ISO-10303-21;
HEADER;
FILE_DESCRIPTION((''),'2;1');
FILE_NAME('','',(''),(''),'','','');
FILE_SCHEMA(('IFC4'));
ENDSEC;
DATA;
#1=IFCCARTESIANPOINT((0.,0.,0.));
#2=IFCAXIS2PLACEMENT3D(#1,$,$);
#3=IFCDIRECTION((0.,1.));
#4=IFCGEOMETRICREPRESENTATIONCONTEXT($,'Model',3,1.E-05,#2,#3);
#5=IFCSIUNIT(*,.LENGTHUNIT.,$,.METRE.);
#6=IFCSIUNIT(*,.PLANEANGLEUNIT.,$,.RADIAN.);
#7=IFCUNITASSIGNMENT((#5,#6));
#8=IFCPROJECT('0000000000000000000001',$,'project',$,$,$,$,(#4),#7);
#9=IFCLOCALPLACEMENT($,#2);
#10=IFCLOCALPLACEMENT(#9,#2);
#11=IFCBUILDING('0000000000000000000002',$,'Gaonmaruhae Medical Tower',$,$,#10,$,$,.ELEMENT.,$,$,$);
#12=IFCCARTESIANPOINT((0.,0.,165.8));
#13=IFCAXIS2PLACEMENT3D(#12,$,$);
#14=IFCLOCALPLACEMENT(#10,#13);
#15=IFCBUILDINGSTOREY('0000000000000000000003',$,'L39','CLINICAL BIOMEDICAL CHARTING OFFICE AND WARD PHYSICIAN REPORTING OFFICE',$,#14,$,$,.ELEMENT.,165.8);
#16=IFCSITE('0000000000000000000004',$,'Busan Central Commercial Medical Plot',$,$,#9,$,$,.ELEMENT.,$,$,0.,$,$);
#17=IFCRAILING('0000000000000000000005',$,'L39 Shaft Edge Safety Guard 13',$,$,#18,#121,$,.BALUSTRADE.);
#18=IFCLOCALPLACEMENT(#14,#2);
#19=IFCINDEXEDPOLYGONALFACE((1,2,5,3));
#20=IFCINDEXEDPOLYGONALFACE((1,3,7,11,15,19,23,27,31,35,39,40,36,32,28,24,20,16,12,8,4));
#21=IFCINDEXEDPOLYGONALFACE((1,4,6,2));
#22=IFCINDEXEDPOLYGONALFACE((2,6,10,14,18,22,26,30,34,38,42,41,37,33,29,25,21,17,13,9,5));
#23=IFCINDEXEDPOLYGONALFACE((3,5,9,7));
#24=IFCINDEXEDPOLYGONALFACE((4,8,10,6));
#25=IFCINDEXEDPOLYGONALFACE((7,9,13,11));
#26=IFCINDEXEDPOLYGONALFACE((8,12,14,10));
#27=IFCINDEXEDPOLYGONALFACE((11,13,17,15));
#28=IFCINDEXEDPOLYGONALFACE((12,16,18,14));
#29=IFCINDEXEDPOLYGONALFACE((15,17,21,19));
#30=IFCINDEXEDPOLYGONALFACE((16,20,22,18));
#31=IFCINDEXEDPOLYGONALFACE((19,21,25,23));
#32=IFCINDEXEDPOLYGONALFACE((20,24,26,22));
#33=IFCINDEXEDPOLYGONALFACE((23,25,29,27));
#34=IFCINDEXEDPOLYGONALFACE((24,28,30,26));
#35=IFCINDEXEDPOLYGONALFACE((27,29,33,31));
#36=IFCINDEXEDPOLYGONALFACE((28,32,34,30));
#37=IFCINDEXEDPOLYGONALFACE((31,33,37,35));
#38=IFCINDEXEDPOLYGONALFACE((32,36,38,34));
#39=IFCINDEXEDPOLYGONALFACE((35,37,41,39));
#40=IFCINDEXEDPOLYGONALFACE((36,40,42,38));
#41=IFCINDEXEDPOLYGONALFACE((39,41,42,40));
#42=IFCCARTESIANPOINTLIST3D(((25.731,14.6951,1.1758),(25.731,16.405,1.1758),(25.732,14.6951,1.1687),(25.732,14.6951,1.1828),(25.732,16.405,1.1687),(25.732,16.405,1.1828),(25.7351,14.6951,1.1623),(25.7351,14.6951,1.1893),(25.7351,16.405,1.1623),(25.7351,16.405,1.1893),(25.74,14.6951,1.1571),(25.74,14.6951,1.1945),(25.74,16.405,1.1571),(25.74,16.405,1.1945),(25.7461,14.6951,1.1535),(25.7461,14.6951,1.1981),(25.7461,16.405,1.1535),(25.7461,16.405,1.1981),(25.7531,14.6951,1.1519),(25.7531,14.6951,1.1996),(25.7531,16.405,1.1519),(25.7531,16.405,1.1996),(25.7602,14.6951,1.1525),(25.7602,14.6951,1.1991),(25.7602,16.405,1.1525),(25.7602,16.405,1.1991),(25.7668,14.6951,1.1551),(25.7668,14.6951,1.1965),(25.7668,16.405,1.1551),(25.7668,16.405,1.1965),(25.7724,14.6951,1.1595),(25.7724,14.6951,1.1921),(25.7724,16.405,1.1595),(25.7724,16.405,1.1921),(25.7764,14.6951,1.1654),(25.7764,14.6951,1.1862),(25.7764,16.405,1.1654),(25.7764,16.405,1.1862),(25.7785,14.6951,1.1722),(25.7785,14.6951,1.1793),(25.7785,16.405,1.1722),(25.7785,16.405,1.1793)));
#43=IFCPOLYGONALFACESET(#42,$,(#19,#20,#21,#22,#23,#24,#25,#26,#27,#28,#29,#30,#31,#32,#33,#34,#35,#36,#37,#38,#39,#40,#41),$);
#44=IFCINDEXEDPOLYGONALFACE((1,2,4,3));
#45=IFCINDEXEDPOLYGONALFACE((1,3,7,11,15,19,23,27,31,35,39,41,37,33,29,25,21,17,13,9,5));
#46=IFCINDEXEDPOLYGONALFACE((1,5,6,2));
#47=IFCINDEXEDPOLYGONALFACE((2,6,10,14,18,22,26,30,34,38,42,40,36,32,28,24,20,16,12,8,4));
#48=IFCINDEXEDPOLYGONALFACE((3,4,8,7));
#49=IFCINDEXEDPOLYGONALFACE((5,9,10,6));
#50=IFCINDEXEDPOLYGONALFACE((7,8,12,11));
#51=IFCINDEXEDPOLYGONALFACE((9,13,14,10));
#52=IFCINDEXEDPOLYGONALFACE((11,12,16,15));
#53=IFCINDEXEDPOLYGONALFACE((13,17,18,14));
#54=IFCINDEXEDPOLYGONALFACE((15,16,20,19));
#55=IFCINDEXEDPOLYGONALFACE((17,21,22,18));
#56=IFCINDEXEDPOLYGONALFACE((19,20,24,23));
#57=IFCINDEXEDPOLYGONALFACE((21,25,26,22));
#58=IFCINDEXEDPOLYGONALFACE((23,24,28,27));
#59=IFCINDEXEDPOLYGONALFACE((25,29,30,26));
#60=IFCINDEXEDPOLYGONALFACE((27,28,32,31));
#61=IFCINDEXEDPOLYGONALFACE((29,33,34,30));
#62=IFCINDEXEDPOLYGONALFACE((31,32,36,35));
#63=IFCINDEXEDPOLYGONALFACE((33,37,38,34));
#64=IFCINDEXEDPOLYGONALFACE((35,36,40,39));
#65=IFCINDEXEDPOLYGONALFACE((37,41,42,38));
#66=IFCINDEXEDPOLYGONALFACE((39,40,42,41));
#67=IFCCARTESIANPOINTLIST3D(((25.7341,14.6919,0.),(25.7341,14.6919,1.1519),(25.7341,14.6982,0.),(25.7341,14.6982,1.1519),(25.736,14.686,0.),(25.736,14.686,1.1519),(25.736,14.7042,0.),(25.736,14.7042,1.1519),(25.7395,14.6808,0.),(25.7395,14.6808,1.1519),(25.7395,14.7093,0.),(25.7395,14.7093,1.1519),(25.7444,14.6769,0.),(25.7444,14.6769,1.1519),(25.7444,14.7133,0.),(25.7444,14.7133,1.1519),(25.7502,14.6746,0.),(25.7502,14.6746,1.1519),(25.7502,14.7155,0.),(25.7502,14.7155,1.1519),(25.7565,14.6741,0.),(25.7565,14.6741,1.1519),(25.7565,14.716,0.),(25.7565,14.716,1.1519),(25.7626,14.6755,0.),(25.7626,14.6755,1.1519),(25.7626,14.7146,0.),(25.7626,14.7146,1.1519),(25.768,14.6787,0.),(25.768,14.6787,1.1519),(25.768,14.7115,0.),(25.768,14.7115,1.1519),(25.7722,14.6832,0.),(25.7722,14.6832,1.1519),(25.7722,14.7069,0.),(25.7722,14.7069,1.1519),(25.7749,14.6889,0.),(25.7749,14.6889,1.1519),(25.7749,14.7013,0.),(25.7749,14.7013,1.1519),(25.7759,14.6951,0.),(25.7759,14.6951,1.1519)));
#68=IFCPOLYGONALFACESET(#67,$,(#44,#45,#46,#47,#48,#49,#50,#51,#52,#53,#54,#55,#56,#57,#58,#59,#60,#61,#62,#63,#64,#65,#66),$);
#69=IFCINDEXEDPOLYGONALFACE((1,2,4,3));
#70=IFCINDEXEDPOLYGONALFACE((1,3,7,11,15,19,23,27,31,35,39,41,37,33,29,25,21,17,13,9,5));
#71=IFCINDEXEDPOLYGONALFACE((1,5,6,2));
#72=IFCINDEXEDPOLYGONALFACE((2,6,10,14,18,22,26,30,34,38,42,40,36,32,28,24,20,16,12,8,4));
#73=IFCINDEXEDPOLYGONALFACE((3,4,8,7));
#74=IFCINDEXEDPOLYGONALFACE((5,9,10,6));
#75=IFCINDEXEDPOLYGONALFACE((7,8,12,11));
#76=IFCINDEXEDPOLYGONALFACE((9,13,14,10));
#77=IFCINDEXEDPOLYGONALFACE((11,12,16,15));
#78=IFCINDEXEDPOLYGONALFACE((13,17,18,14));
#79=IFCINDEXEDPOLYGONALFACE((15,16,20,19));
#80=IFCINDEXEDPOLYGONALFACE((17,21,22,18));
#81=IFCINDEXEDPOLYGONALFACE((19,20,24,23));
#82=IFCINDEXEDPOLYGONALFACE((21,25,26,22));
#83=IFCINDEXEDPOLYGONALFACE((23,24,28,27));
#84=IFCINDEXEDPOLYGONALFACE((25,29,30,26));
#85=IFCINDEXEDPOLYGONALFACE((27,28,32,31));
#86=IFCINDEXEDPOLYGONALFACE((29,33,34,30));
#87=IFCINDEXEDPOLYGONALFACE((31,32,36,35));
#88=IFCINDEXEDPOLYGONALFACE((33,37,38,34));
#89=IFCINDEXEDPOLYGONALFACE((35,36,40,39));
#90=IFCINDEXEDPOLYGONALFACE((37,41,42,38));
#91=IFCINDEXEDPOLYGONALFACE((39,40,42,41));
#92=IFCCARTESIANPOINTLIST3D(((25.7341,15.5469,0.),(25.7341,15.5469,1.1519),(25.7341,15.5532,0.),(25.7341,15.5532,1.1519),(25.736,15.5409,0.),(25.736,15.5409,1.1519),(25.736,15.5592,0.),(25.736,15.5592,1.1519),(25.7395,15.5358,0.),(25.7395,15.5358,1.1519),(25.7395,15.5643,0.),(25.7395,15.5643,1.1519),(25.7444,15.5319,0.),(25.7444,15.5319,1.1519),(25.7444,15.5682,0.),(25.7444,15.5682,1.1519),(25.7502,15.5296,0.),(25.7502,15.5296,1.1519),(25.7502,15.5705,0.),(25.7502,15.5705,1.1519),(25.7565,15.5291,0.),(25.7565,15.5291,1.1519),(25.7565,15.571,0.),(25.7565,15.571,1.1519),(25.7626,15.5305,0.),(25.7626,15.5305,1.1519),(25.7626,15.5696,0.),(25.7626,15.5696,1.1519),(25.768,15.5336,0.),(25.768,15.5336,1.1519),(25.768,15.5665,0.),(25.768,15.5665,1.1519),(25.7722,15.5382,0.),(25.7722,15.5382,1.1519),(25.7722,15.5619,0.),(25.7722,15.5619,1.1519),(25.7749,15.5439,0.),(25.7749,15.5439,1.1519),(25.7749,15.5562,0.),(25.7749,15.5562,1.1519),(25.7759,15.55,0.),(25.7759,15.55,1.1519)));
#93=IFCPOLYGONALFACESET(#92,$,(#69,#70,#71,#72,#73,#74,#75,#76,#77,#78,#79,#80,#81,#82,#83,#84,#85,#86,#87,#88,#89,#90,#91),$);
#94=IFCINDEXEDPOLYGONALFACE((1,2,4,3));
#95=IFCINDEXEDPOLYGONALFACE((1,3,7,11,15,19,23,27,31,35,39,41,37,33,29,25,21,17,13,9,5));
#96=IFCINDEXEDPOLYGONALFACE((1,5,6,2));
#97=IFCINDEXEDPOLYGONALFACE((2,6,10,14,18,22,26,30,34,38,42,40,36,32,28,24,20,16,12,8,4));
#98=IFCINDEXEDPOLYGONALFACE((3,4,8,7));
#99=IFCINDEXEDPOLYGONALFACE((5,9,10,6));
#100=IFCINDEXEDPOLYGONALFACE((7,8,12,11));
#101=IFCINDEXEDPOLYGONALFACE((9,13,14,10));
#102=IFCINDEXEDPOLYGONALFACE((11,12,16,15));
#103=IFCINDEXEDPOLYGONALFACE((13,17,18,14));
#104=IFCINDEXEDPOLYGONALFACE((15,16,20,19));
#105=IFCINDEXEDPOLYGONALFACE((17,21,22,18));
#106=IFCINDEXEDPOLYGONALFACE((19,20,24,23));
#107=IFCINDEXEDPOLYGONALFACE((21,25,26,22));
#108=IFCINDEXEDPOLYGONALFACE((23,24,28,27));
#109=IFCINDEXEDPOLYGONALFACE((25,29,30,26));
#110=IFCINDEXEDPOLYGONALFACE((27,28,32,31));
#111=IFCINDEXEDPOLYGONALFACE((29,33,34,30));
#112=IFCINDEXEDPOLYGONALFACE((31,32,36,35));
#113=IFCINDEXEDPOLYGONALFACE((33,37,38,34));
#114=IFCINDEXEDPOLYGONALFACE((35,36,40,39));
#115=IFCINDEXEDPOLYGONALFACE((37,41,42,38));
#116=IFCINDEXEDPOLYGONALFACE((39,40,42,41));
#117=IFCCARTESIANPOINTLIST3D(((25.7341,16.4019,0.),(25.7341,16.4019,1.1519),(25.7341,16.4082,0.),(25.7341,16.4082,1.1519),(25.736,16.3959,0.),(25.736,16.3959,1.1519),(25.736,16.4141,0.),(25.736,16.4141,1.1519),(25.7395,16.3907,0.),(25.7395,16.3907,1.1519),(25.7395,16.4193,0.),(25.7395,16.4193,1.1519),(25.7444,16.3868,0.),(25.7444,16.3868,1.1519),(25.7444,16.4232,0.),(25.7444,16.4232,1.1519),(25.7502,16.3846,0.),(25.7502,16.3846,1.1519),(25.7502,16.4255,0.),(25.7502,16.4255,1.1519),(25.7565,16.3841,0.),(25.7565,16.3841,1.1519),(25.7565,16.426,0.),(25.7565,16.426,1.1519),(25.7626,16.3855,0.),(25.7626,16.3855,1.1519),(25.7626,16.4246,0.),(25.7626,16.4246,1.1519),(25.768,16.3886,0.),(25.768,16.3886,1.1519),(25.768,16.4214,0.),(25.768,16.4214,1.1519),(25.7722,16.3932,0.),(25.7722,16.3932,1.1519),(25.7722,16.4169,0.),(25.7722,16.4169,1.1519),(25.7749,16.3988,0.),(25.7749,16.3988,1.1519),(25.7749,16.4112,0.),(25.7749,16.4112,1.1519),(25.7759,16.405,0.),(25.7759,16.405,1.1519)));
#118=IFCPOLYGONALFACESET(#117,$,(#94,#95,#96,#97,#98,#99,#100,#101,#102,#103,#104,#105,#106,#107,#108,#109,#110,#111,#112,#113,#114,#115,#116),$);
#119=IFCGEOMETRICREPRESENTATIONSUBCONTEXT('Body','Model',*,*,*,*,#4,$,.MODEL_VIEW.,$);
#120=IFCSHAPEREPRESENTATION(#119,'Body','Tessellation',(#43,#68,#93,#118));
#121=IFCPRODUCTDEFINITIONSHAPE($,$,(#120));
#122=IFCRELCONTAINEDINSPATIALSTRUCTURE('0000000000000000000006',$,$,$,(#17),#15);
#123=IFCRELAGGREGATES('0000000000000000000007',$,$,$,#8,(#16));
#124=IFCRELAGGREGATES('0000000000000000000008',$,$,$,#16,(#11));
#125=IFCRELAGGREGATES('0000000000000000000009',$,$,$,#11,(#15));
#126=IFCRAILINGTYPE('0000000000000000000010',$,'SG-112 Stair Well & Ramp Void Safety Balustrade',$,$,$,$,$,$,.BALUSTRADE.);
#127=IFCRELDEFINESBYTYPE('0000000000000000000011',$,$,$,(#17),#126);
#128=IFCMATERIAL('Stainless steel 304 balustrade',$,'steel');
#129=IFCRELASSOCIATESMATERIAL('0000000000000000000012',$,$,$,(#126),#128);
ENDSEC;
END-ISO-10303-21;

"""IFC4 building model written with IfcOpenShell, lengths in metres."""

from ifc_helpers import new_model, si_unit, direction, frame, origin, origin_2d, place, context, subcontext, project, spatial, circle, extrude, material, type_object, element, save


model = new_model("IFC4")

# Units and contexts
model_context = context("Model", 3, precision=1e-05, world=origin(), true_north=direction((0.0, 1.0)))
body_context = subcontext(model_context, "Body", "Model", "MODEL_VIEW")
ifc_project = project(units=[si_unit("LENGTHUNIT", "METRE"), si_unit("PLANEANGLEUNIT", "RADIAN")], contexts=[model_context])

# Site, building, storey
site_placement = place(None, origin())
site = spatial("IfcSite", under=ifc_project, at=site_placement, Name="Busan Central Commercial Medical Plot", CompositionType="ELEMENT", RefElevation=0.0)
building_placement = place(site_placement, origin())
building = spatial("IfcBuilding", under=site, at=building_placement, Name="Gaonmaruhae Medical Tower", CompositionType="ELEMENT")
storey_placement = place(building_placement, frame((0.0, 0.0, 165.8)))
storey = spatial("IfcBuildingStorey", under=building, at=storey_placement, Name="L39", Description="CLINICAL BIOMEDICAL CHARTING OFFICE AND WARD PHYSICIAN REPORTING OFFICE", CompositionType="ELEMENT", Elevation=165.8)

# Railing
ifc_material_1 = material(Name="Stainless steel 304 balustrade", Category="steel")
railing_type = type_object("IfcRailingType", Name="SG-112 Stair Well & Ramp Void Safety Balustrade", PredefinedType="BALUSTRADE", material=ifc_material_1)
railing_1_placement = place(storey_placement, frame((25.7549, 14.6951, 0.0)))
element("IfcRailing", 1, at=railing_1_placement, inside=storey, type_object=railing_type, Name="L39 Shaft Edge Safety Guard 13", PredefinedType="BALUSTRADE", context=body_context, shape_type="SweptSolid", body=[
    extrude(circle(Radius=0.0239, at=origin_2d()), frame((0.0, 0.0, 1.1758), z_axis=(0.0, 1.0, 0.0), x_axis=(-1.0, 0.0, 0.0)), (0.0, 0.0, 1.0), 1.71),
    extrude(circle(Radius=0.021, at=origin_2d()), origin(), (0.0, 0.0, 1.0), 1.1519),
    extrude(circle(Radius=0.021, at=origin_2d()), frame((0.0, 0.855, 0.0)), (0.0, 0.0, 1.0), 1.1519),
    extrude(circle(Radius=0.021, at=origin_2d()), frame((0.0, 1.71, 0.0)), (0.0, 0.0, 1.0), 1.1519),
])

save(model, "model.ifc")
